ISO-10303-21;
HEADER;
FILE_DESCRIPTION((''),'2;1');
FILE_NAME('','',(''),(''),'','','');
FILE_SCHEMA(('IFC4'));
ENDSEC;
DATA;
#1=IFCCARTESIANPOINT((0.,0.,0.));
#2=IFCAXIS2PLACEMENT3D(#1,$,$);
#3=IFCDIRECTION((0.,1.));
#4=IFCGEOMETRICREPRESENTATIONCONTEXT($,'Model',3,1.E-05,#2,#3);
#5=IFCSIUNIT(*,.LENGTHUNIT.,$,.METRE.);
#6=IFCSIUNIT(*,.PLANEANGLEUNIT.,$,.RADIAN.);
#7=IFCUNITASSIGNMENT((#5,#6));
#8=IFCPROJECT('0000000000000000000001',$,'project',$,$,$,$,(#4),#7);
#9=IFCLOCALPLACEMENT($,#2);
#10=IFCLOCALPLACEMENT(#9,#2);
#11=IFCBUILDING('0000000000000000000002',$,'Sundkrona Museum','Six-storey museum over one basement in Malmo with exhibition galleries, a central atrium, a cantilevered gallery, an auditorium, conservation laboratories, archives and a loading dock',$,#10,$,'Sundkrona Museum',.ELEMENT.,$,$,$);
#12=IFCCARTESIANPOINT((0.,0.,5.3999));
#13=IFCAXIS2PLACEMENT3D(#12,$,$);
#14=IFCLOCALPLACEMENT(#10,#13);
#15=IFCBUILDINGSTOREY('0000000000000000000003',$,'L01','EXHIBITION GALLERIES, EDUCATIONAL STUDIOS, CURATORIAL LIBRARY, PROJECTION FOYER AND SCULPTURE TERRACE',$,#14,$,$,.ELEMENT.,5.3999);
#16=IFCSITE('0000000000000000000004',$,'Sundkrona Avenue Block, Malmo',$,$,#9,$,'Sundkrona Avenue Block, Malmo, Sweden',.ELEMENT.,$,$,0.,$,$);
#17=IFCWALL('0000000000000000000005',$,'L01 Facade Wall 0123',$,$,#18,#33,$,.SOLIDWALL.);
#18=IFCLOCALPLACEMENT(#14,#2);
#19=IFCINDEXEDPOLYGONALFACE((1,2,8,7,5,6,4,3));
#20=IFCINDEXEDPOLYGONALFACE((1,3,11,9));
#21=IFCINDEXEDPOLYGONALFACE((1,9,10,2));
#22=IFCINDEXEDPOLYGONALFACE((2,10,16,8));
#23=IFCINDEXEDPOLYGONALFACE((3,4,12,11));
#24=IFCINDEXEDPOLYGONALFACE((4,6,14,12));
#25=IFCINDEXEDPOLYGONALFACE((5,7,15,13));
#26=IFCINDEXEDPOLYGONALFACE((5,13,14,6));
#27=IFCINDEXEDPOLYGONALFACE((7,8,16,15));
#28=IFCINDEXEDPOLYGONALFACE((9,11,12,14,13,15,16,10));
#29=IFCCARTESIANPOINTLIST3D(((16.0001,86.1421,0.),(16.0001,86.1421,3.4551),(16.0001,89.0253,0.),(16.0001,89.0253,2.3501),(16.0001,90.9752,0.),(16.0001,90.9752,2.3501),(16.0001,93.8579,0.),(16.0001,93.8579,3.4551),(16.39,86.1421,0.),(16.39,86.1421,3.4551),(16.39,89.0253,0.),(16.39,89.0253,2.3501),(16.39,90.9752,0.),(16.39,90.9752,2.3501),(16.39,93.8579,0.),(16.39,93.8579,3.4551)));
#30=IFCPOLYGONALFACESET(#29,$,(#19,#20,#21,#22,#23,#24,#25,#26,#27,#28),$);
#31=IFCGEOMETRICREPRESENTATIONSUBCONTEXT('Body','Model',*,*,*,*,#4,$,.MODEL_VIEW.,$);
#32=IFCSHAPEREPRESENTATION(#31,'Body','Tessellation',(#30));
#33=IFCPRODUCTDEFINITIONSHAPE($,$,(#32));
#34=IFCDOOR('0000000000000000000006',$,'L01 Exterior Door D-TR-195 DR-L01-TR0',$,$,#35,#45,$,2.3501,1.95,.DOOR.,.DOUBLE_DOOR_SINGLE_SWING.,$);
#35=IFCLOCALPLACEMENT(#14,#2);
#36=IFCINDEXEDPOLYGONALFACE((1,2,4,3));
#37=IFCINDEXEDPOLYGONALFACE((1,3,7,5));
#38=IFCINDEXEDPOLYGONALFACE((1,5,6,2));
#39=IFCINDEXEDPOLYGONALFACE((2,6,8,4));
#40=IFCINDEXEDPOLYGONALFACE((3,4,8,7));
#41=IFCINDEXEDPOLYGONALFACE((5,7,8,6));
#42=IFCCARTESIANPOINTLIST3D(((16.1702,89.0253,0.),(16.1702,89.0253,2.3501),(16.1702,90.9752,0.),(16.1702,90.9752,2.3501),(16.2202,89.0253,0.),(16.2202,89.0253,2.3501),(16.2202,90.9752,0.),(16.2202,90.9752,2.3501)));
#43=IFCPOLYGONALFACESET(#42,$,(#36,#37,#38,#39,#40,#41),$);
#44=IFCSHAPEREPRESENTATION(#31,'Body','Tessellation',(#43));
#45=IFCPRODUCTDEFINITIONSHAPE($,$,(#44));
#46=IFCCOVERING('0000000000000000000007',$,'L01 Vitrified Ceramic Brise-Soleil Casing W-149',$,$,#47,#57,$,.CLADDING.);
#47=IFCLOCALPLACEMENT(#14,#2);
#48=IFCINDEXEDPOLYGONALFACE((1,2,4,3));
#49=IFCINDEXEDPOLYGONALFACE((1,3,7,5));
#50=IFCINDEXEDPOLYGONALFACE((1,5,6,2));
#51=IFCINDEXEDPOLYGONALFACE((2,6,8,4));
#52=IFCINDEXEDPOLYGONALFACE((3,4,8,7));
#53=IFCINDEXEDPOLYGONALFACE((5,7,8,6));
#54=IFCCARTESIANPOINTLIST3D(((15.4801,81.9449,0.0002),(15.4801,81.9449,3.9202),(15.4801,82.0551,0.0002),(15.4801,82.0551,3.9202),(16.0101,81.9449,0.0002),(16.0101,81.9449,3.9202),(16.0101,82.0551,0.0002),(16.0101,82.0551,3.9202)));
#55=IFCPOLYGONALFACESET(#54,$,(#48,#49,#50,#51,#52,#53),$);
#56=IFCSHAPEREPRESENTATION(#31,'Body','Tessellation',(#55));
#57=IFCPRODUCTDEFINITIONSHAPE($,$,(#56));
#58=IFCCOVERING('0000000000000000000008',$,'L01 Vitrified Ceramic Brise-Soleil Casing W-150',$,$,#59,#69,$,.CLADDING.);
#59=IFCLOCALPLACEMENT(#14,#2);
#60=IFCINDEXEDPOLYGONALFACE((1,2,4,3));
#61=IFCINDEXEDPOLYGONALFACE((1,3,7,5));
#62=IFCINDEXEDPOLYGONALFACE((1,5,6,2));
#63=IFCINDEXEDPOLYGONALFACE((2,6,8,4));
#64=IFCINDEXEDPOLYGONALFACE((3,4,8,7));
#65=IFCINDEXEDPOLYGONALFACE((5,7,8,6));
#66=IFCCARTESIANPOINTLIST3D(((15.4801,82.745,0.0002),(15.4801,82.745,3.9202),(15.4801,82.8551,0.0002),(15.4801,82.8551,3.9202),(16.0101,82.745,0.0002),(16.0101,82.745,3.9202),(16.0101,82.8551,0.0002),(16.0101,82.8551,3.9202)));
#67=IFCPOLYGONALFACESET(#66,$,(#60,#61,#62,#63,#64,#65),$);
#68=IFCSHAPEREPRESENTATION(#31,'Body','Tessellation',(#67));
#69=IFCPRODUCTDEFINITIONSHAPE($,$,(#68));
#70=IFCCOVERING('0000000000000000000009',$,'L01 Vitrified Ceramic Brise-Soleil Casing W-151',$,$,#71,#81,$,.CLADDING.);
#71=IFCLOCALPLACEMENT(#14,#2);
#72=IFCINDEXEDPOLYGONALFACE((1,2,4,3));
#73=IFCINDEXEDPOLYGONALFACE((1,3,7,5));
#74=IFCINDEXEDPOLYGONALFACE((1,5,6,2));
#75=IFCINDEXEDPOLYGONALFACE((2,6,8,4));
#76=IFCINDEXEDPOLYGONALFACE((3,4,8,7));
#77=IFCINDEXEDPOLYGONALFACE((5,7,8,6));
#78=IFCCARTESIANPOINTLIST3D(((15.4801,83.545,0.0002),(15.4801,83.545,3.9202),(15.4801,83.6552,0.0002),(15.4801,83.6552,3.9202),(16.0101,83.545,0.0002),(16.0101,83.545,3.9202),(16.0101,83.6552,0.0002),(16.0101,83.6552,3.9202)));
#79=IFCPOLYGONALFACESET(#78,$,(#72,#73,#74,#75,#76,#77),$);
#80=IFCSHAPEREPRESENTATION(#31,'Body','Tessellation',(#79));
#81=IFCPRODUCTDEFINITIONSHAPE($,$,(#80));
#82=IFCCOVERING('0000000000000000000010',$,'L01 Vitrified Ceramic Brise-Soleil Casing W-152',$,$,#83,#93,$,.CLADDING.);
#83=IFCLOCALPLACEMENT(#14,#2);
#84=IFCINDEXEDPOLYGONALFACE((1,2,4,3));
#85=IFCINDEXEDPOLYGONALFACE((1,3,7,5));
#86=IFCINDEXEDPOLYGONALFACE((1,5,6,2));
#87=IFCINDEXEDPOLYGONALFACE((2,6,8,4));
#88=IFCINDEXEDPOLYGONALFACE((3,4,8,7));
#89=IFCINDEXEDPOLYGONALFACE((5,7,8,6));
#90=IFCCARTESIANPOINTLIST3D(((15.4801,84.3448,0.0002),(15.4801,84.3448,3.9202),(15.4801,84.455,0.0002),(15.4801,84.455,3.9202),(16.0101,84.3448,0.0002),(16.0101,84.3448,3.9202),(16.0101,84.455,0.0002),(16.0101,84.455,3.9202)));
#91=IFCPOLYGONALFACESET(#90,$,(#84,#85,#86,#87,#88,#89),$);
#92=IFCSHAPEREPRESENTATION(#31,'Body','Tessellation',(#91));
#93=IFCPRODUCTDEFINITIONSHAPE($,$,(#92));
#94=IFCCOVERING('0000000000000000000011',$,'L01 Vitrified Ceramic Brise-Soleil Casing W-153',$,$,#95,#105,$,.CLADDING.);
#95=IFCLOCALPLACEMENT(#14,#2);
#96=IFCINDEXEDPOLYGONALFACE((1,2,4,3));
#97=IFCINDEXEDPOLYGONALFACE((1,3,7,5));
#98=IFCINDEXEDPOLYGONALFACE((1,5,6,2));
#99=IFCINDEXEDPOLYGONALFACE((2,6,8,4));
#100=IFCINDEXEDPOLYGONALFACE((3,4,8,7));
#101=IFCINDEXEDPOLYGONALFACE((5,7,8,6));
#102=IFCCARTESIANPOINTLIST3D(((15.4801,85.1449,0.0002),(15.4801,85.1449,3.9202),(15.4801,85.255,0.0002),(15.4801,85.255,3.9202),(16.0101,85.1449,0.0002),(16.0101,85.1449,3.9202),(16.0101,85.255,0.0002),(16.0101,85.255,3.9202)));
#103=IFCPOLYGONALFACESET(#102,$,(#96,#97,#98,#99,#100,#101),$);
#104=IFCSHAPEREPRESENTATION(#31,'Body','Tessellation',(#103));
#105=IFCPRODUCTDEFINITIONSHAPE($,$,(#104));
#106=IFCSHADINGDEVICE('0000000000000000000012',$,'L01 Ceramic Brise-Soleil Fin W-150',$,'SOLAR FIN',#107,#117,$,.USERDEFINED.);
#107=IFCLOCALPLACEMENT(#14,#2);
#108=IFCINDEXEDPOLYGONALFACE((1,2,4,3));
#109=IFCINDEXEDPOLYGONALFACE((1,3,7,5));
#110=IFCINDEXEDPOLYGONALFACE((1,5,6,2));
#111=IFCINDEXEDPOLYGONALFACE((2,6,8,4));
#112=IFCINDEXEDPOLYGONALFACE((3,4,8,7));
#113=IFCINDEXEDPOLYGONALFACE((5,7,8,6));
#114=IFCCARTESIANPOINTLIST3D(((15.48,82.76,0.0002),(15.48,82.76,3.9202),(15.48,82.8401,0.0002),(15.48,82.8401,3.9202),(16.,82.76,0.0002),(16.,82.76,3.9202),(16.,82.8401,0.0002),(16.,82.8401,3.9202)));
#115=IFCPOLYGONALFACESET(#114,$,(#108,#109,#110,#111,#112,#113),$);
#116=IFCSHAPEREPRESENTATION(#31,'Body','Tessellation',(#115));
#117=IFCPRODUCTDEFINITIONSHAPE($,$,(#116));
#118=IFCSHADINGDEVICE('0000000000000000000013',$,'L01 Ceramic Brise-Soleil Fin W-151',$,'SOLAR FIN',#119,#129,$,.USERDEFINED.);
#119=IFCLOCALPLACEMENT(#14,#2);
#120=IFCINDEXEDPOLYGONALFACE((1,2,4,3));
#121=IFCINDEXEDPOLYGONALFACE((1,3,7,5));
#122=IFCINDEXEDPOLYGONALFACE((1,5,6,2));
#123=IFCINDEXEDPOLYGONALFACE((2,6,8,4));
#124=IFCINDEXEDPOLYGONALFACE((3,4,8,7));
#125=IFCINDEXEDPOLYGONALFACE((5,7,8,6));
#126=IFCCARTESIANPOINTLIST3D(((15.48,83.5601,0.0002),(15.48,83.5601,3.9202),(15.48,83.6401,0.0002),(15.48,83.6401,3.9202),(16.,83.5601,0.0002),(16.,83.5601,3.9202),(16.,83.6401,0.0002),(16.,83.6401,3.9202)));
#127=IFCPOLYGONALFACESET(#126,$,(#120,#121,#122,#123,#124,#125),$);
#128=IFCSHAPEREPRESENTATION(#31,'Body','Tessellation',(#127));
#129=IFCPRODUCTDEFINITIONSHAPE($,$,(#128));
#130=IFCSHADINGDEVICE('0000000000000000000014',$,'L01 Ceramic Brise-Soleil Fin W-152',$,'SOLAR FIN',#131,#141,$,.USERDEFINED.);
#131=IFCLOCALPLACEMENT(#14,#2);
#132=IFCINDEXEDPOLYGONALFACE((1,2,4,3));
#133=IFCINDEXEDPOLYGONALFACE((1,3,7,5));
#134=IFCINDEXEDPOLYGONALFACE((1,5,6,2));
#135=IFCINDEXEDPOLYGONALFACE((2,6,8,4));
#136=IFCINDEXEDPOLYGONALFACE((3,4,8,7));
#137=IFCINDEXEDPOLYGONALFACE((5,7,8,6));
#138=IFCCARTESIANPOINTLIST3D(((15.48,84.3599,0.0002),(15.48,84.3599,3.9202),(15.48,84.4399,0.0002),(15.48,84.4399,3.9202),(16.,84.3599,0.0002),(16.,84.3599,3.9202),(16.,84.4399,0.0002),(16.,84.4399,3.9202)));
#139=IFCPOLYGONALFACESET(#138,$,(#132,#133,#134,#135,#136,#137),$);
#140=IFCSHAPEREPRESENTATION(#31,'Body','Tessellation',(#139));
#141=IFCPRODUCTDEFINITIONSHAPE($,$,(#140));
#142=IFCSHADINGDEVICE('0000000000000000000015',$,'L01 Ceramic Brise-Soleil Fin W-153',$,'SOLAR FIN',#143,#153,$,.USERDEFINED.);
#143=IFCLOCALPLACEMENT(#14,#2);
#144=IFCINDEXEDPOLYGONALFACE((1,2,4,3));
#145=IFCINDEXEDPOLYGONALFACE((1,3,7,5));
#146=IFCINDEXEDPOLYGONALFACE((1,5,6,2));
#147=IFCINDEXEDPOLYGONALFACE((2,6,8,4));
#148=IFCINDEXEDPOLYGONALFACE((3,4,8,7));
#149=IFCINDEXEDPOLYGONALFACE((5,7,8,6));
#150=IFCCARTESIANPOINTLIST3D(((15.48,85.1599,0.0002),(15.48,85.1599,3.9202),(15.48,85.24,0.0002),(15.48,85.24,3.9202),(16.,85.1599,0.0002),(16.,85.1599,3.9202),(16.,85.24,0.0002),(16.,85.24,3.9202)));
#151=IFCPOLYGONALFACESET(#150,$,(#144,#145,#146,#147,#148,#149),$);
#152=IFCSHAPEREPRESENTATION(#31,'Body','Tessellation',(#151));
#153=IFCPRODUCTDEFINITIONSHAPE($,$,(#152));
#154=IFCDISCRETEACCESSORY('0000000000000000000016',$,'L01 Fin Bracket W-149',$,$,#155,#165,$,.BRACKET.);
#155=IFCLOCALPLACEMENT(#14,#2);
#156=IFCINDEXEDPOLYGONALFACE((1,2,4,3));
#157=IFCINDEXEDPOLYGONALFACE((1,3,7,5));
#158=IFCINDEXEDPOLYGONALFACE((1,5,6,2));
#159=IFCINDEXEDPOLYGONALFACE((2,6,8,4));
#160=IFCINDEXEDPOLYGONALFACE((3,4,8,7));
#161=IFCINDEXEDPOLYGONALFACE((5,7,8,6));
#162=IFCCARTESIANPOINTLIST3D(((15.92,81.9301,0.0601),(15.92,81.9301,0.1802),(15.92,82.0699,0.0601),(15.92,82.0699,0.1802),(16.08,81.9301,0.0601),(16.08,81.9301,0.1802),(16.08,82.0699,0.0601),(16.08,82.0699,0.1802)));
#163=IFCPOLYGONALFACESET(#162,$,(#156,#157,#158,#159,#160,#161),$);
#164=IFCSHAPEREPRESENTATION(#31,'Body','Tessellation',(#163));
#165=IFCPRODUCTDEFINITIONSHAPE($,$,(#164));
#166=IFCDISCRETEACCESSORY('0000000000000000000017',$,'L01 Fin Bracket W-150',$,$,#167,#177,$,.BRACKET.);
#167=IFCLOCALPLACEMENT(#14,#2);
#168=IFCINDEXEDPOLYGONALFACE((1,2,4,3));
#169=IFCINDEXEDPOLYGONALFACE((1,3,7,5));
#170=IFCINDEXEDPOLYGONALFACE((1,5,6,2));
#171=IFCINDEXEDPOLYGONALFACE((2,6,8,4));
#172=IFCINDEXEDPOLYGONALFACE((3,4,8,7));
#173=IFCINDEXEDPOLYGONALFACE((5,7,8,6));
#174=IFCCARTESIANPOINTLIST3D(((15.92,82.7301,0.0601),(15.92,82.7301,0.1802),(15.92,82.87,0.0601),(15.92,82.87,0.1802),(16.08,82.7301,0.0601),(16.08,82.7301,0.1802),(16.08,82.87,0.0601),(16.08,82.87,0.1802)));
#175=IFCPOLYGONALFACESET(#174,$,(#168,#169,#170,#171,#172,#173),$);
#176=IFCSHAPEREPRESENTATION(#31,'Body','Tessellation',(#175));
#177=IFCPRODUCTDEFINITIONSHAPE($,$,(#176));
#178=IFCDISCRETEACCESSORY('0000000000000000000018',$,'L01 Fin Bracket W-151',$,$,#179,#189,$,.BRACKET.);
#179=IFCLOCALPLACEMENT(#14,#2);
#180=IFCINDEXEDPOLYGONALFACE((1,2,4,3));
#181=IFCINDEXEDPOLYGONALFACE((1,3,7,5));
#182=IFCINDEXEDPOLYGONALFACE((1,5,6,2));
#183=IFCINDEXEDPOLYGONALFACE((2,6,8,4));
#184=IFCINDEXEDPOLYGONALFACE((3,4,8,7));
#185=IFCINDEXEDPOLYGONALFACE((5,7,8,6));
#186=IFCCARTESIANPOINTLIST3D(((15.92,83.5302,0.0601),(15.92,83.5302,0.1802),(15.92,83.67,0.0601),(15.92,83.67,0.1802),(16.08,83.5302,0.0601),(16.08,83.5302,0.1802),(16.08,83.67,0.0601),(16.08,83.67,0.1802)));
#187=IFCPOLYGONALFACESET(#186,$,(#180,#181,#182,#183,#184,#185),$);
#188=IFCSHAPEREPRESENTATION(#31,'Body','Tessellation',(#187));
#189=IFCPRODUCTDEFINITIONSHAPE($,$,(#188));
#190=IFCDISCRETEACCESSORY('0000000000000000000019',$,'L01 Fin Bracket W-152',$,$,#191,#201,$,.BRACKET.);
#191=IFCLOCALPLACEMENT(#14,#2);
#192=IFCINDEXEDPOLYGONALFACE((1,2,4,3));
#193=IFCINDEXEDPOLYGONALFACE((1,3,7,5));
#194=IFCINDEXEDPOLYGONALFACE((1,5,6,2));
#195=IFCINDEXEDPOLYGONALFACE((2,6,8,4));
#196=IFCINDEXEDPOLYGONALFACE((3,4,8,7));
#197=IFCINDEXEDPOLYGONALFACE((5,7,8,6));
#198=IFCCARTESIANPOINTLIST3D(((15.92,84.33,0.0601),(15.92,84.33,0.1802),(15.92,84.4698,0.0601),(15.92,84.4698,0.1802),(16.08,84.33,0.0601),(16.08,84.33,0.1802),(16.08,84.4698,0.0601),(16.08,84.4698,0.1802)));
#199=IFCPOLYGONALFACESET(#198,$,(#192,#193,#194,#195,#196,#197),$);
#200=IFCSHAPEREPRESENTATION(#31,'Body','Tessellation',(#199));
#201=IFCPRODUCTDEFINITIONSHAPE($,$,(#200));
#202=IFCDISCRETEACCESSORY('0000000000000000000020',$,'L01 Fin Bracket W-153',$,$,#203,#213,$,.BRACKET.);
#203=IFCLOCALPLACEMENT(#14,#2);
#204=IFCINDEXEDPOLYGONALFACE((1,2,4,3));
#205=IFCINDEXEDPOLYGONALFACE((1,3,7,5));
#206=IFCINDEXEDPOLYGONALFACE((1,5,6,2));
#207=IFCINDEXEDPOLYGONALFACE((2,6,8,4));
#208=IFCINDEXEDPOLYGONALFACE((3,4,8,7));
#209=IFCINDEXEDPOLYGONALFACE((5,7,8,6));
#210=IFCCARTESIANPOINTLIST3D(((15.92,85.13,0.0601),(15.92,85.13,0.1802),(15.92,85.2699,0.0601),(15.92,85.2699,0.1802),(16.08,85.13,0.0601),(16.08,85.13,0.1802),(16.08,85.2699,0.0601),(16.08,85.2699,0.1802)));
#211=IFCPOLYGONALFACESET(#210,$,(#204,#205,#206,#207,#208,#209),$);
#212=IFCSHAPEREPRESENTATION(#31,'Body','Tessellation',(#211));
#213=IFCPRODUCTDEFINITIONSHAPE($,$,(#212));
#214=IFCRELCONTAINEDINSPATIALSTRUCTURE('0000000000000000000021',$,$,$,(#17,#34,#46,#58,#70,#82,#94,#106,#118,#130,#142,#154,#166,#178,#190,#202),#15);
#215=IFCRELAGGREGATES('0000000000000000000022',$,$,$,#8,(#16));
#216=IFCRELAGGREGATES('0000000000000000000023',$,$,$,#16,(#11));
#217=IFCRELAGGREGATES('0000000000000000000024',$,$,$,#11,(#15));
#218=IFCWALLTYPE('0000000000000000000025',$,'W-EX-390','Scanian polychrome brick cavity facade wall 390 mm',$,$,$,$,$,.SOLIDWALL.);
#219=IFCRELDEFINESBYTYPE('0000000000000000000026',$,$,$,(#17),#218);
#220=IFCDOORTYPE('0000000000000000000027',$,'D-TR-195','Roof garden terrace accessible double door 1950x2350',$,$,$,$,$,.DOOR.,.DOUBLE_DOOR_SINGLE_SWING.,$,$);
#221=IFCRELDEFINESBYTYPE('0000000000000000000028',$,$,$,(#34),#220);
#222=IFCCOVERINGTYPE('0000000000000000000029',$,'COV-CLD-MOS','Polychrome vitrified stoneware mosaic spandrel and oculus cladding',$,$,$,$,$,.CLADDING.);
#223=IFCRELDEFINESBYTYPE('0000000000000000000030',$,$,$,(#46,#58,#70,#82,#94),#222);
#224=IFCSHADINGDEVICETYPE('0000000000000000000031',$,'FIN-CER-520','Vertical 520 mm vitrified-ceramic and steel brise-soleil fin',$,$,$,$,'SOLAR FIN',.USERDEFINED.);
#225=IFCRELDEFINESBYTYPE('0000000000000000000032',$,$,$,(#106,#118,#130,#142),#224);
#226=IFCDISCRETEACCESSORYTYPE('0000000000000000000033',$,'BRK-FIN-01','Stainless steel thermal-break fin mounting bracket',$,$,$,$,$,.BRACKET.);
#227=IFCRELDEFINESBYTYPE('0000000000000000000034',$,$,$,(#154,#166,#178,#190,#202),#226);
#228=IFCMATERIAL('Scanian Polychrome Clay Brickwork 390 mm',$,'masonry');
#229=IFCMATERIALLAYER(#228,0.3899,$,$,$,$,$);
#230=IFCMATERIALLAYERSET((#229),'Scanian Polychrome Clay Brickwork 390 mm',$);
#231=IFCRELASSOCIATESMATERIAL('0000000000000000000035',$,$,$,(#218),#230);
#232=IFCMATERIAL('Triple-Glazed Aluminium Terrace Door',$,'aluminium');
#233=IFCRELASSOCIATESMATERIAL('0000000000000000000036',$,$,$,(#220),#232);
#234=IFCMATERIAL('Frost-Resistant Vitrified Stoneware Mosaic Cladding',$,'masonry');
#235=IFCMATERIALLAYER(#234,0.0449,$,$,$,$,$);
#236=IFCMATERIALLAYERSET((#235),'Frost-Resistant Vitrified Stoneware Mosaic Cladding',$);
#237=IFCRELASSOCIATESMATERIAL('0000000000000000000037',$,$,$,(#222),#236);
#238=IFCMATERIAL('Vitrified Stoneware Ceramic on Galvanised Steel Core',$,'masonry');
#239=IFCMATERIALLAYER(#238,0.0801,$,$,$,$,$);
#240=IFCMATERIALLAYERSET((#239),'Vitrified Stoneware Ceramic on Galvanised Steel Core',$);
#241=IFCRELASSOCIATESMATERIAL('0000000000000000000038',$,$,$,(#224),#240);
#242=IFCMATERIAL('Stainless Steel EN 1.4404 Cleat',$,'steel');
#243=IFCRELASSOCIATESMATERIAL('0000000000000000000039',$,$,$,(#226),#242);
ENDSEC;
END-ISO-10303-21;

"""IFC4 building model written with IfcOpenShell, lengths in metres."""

from ifc_helpers import new_model, si_unit, direction, frame, frame_2d, origin, origin_2d, place, context, subcontext, project, spatial, rectangle, extrude, material, layer, layer_set, type_object, element, fill, save


model = new_model("IFC4")

# Units and contexts
model_context = context("Model", 3, precision=1e-05, world=origin(), true_north=direction((0.0, 1.0)))
body_context = subcontext(model_context, "Body", "Model", "MODEL_VIEW")
ifc_project = project(units=[si_unit("LENGTHUNIT", "METRE"), si_unit("PLANEANGLEUNIT", "RADIAN")], contexts=[model_context])

# Site, building, storey
site_placement = place(None, origin())
site = spatial("IfcSite", under=ifc_project, at=site_placement, Name="Sundkrona Avenue Block, Malmo", LongName="Sundkrona Avenue Block, Malmo, Sweden", CompositionType="ELEMENT", RefElevation=0.0)
building_placement = place(site_placement, origin())
building = spatial("IfcBuilding", under=site, at=building_placement, Name="Sundkrona Museum", Description="Six-storey museum over one basement in Malmo with exhibition galleries, a central atrium, a cantilevered gallery, an auditorium, conservation laboratories, archives and a loading dock", LongName="Sundkrona Museum", CompositionType="ELEMENT")
storey_placement = place(building_placement, frame((0.0, 0.0, 5.3999)))
storey = spatial("IfcBuildingStorey", under=building, at=storey_placement, Name="L01", Description="EXHIBITION GALLERIES, EDUCATIONAL STUDIOS, CURATORIAL LIBRARY, PROJECTION FOYER AND SCULPTURE TERRACE", CompositionType="ELEMENT", Elevation=5.3999)

# Wall, opening, door
ifc_material_1 = material(Name="Scanian Polychrome Clay Brickwork 390 mm", Category="masonry")
ifc_layer_1 = layer(ifc_material_1, 0.3899)
ifc_layer_set_1 = layer_set([ifc_layer_1], Name="Scanian Polychrome Clay Brickwork 390 mm")
wall_type = type_object("IfcWallType", Name="W-EX-390", Description="Scanian polychrome brick cavity facade wall 390 mm", PredefinedType="SOLIDWALL", material=ifc_layer_set_1)
wall_placement = place(storey_placement, frame((16.1951, 86.1421, 0.0), z_axis=(0.0, 0.0, 1.0), x_axis=(0.0, 1.0, 0.0)))
wall = element("IfcWall", 1, at=wall_placement, inside=storey, type_object=wall_type, Name="L01 Facade Wall 0123", PredefinedType="SOLIDWALL", context=body_context, shape_type="SweptSolid", body=[
    extrude(rectangle(XDim=7.7158, YDim=0.3899, at=frame_2d((3.8579, 0.0))), origin(), (0.0, 0.0, 1.0), 3.4551),
])
opening_placement = place(wall_placement, frame((2.8831, 0.0, 0.0)))
opening = element("IfcOpeningElement", 2, at=opening_placement, cuts=wall, PredefinedType="OPENING", context=body_context, shape_type="SweptSolid", body=[
    extrude(rectangle(XDim=1.95, YDim=2.3501, at=frame_2d((0.9751, 1.175))), frame((0.0, 0.2048, 0.0), z_axis=(0.0, -1.0, 0.0), x_axis=(1.0, 0.0, 0.0)), (0.0, 0.0, 1.0), 0.4099),
])
ifc_material_2 = material(Name="Triple-Glazed Aluminium Terrace Door", Category="aluminium")
door_type = type_object("IfcDoorType", Name="D-TR-195", Description="Roof garden terrace accessible double door 1950x2350", OperationType="DOUBLE_DOOR_SINGLE_SWING", PredefinedType="DOOR", material=ifc_material_2)
door_placement = place(opening_placement, origin())
door = element("IfcDoor", 3, at=door_placement, inside=storey, type_object=door_type, Name="L01 Exterior Door D-TR-195 DR-L01-TR0", OperationType="DOUBLE_DOOR_SINGLE_SWING", OverallHeight=2.3501, OverallWidth=1.95, PredefinedType="DOOR", context=body_context, shape_type="SweptSolid", body=[
    extrude(rectangle(XDim=1.95, YDim=2.3501, at=frame_2d((0.9751, 1.175))), frame((0.0, 0.0249, 0.0), z_axis=(0.0, -1.0, 0.0), x_axis=(1.0, 0.0, 0.0)), (0.0, 0.0, 1.0), 0.05),
])
fill(opening, door)

# Coverings
ifc_material_3 = material(Name="Frost-Resistant Vitrified Stoneware Mosaic Cladding", Category="masonry")
ifc_layer_2 = layer(ifc_material_3, 0.0449)
ifc_layer_set_2 = layer_set([ifc_layer_2], Name="Frost-Resistant Vitrified Stoneware Mosaic Cladding")
covering_type = type_object("IfcCoveringType", Name="COV-CLD-MOS", Description="Polychrome vitrified stoneware mosaic spandrel and oculus cladding", PredefinedType="CLADDING", material=ifc_layer_set_2)
for number, where, z_axis, x_axis, name in (
    (4, (15.7451, 82.0, 0.0002), (0.0, 0.0, 1.0), (1.0, 0.0, 0.0), "L01 Vitrified Ceramic Brise-Soleil Casing W-149"),
    (5, (15.7451, 82.8, 0.0002), (0.0, 0.0, 1.0), (1.0, 0.0, 0.0), "L01 Vitrified Ceramic Brise-Soleil Casing W-150"),
    (6, (15.7451, 83.6001, 0.0002), (0.0, 0.0, 1.0), (1.0, 0.0, 0.0), "L01 Vitrified Ceramic Brise-Soleil Casing W-151"),
    (7, (15.7451, 84.3999, 0.0002), (0.0, 0.0, 1.0), (1.0, 0.0, 0.0), "L01 Vitrified Ceramic Brise-Soleil Casing W-152"),
    (8, (15.7451, 85.2, 0.0002), (0.0, 0.0, 1.0), (1.0, 0.0, 0.0), "L01 Vitrified Ceramic Brise-Soleil Casing W-153"),
):
    element("IfcCovering", number, at=place(storey_placement, frame(where, z_axis=z_axis, x_axis=x_axis)), inside=storey, type_object=covering_type, Name=name, PredefinedType="CLADDING", context=body_context, shape_type="SweptSolid", body=[
        extrude(rectangle(XDim=0.53, YDim=0.1101, at=origin_2d()), origin(), (0.0, 0.0, 1.0), 3.9199),
    ])

# Shading devices
ifc_material_4 = material(Name="Vitrified Stoneware Ceramic on Galvanised Steel Core", Category="masonry")
ifc_layer_3 = layer(ifc_material_4, 0.0801)
ifc_layer_set_3 = layer_set([ifc_layer_3], Name="Vitrified Stoneware Ceramic on Galvanised Steel Core")
shading_device_type = type_object("IfcShadingDeviceType", Name="FIN-CER-520", Description="Vertical 520 mm vitrified-ceramic and steel brise-soleil fin", ElementType="SOLAR FIN", PredefinedType="USERDEFINED", material=ifc_layer_set_3)
for number, where, z_axis, x_axis, name in (
    (9, (15.74, 82.8, 0.0002), (0.0, 0.0, 1.0), (1.0, 0.0, 0.0), "L01 Ceramic Brise-Soleil Fin W-150"),
    (10, (15.74, 83.6001, 0.0002), (0.0, 0.0, 1.0), (1.0, 0.0, 0.0), "L01 Ceramic Brise-Soleil Fin W-151"),
    (11, (15.74, 84.3999, 0.0002), (0.0, 0.0, 1.0), (1.0, 0.0, 0.0), "L01 Ceramic Brise-Soleil Fin W-152"),
    (12, (15.74, 85.2, 0.0002), (0.0, 0.0, 1.0), (1.0, 0.0, 0.0), "L01 Ceramic Brise-Soleil Fin W-153"),
):
    element("IfcShadingDevice", number, at=place(storey_placement, frame(where, z_axis=z_axis, x_axis=x_axis)), inside=storey, type_object=shading_device_type, Name=name, ObjectType="SOLAR FIN", PredefinedType="USERDEFINED", context=body_context, shape_type="SweptSolid", body=[
        extrude(rectangle(XDim=0.52, YDim=0.0801, at=origin_2d()), origin(), (0.0, 0.0, 1.0), 3.9199),
    ])

# Discrete accessories
ifc_material_5 = material(Name="Stainless Steel EN 1.4404 Cleat", Category="steel")
discrete_accessory_type = type_object("IfcDiscreteAccessoryType", Name="BRK-FIN-01", Description="Stainless steel thermal-break fin mounting bracket", PredefinedType="BRACKET", material=ifc_material_5)
for number, where, z_axis, x_axis, name in (
    (13, (16.0, 82.0, 0.0601), (0.0, 0.0, 1.0), (1.0, 0.0, 0.0), "L01 Fin Bracket W-149"),
    (14, (16.0, 82.8, 0.0601), (0.0, 0.0, 1.0), (1.0, 0.0, 0.0), "L01 Fin Bracket W-150"),
    (15, (16.0, 83.6001, 0.0601), (0.0, 0.0, 1.0), (1.0, 0.0, 0.0), "L01 Fin Bracket W-151"),
    (16, (16.0, 84.3999, 0.0601), (0.0, 0.0, 1.0), (1.0, 0.0, 0.0), "L01 Fin Bracket W-152"),
    (17, (16.0, 85.2, 0.0601), (0.0, 0.0, 1.0), (1.0, 0.0, 0.0), "L01 Fin Bracket W-153"),
):
    element("IfcDiscreteAccessory", number, at=place(storey_placement, frame(where, z_axis=z_axis, x_axis=x_axis)), inside=storey, type_object=discrete_accessory_type, Name=name, PredefinedType="BRACKET", context=body_context, shape_type="SweptSolid", body=[
        extrude(rectangle(XDim=0.1599, YDim=0.1399, at=origin_2d()), origin(), (0.0, 0.0, 1.0), 0.1201),
    ])

save(model, "model.ifc")
